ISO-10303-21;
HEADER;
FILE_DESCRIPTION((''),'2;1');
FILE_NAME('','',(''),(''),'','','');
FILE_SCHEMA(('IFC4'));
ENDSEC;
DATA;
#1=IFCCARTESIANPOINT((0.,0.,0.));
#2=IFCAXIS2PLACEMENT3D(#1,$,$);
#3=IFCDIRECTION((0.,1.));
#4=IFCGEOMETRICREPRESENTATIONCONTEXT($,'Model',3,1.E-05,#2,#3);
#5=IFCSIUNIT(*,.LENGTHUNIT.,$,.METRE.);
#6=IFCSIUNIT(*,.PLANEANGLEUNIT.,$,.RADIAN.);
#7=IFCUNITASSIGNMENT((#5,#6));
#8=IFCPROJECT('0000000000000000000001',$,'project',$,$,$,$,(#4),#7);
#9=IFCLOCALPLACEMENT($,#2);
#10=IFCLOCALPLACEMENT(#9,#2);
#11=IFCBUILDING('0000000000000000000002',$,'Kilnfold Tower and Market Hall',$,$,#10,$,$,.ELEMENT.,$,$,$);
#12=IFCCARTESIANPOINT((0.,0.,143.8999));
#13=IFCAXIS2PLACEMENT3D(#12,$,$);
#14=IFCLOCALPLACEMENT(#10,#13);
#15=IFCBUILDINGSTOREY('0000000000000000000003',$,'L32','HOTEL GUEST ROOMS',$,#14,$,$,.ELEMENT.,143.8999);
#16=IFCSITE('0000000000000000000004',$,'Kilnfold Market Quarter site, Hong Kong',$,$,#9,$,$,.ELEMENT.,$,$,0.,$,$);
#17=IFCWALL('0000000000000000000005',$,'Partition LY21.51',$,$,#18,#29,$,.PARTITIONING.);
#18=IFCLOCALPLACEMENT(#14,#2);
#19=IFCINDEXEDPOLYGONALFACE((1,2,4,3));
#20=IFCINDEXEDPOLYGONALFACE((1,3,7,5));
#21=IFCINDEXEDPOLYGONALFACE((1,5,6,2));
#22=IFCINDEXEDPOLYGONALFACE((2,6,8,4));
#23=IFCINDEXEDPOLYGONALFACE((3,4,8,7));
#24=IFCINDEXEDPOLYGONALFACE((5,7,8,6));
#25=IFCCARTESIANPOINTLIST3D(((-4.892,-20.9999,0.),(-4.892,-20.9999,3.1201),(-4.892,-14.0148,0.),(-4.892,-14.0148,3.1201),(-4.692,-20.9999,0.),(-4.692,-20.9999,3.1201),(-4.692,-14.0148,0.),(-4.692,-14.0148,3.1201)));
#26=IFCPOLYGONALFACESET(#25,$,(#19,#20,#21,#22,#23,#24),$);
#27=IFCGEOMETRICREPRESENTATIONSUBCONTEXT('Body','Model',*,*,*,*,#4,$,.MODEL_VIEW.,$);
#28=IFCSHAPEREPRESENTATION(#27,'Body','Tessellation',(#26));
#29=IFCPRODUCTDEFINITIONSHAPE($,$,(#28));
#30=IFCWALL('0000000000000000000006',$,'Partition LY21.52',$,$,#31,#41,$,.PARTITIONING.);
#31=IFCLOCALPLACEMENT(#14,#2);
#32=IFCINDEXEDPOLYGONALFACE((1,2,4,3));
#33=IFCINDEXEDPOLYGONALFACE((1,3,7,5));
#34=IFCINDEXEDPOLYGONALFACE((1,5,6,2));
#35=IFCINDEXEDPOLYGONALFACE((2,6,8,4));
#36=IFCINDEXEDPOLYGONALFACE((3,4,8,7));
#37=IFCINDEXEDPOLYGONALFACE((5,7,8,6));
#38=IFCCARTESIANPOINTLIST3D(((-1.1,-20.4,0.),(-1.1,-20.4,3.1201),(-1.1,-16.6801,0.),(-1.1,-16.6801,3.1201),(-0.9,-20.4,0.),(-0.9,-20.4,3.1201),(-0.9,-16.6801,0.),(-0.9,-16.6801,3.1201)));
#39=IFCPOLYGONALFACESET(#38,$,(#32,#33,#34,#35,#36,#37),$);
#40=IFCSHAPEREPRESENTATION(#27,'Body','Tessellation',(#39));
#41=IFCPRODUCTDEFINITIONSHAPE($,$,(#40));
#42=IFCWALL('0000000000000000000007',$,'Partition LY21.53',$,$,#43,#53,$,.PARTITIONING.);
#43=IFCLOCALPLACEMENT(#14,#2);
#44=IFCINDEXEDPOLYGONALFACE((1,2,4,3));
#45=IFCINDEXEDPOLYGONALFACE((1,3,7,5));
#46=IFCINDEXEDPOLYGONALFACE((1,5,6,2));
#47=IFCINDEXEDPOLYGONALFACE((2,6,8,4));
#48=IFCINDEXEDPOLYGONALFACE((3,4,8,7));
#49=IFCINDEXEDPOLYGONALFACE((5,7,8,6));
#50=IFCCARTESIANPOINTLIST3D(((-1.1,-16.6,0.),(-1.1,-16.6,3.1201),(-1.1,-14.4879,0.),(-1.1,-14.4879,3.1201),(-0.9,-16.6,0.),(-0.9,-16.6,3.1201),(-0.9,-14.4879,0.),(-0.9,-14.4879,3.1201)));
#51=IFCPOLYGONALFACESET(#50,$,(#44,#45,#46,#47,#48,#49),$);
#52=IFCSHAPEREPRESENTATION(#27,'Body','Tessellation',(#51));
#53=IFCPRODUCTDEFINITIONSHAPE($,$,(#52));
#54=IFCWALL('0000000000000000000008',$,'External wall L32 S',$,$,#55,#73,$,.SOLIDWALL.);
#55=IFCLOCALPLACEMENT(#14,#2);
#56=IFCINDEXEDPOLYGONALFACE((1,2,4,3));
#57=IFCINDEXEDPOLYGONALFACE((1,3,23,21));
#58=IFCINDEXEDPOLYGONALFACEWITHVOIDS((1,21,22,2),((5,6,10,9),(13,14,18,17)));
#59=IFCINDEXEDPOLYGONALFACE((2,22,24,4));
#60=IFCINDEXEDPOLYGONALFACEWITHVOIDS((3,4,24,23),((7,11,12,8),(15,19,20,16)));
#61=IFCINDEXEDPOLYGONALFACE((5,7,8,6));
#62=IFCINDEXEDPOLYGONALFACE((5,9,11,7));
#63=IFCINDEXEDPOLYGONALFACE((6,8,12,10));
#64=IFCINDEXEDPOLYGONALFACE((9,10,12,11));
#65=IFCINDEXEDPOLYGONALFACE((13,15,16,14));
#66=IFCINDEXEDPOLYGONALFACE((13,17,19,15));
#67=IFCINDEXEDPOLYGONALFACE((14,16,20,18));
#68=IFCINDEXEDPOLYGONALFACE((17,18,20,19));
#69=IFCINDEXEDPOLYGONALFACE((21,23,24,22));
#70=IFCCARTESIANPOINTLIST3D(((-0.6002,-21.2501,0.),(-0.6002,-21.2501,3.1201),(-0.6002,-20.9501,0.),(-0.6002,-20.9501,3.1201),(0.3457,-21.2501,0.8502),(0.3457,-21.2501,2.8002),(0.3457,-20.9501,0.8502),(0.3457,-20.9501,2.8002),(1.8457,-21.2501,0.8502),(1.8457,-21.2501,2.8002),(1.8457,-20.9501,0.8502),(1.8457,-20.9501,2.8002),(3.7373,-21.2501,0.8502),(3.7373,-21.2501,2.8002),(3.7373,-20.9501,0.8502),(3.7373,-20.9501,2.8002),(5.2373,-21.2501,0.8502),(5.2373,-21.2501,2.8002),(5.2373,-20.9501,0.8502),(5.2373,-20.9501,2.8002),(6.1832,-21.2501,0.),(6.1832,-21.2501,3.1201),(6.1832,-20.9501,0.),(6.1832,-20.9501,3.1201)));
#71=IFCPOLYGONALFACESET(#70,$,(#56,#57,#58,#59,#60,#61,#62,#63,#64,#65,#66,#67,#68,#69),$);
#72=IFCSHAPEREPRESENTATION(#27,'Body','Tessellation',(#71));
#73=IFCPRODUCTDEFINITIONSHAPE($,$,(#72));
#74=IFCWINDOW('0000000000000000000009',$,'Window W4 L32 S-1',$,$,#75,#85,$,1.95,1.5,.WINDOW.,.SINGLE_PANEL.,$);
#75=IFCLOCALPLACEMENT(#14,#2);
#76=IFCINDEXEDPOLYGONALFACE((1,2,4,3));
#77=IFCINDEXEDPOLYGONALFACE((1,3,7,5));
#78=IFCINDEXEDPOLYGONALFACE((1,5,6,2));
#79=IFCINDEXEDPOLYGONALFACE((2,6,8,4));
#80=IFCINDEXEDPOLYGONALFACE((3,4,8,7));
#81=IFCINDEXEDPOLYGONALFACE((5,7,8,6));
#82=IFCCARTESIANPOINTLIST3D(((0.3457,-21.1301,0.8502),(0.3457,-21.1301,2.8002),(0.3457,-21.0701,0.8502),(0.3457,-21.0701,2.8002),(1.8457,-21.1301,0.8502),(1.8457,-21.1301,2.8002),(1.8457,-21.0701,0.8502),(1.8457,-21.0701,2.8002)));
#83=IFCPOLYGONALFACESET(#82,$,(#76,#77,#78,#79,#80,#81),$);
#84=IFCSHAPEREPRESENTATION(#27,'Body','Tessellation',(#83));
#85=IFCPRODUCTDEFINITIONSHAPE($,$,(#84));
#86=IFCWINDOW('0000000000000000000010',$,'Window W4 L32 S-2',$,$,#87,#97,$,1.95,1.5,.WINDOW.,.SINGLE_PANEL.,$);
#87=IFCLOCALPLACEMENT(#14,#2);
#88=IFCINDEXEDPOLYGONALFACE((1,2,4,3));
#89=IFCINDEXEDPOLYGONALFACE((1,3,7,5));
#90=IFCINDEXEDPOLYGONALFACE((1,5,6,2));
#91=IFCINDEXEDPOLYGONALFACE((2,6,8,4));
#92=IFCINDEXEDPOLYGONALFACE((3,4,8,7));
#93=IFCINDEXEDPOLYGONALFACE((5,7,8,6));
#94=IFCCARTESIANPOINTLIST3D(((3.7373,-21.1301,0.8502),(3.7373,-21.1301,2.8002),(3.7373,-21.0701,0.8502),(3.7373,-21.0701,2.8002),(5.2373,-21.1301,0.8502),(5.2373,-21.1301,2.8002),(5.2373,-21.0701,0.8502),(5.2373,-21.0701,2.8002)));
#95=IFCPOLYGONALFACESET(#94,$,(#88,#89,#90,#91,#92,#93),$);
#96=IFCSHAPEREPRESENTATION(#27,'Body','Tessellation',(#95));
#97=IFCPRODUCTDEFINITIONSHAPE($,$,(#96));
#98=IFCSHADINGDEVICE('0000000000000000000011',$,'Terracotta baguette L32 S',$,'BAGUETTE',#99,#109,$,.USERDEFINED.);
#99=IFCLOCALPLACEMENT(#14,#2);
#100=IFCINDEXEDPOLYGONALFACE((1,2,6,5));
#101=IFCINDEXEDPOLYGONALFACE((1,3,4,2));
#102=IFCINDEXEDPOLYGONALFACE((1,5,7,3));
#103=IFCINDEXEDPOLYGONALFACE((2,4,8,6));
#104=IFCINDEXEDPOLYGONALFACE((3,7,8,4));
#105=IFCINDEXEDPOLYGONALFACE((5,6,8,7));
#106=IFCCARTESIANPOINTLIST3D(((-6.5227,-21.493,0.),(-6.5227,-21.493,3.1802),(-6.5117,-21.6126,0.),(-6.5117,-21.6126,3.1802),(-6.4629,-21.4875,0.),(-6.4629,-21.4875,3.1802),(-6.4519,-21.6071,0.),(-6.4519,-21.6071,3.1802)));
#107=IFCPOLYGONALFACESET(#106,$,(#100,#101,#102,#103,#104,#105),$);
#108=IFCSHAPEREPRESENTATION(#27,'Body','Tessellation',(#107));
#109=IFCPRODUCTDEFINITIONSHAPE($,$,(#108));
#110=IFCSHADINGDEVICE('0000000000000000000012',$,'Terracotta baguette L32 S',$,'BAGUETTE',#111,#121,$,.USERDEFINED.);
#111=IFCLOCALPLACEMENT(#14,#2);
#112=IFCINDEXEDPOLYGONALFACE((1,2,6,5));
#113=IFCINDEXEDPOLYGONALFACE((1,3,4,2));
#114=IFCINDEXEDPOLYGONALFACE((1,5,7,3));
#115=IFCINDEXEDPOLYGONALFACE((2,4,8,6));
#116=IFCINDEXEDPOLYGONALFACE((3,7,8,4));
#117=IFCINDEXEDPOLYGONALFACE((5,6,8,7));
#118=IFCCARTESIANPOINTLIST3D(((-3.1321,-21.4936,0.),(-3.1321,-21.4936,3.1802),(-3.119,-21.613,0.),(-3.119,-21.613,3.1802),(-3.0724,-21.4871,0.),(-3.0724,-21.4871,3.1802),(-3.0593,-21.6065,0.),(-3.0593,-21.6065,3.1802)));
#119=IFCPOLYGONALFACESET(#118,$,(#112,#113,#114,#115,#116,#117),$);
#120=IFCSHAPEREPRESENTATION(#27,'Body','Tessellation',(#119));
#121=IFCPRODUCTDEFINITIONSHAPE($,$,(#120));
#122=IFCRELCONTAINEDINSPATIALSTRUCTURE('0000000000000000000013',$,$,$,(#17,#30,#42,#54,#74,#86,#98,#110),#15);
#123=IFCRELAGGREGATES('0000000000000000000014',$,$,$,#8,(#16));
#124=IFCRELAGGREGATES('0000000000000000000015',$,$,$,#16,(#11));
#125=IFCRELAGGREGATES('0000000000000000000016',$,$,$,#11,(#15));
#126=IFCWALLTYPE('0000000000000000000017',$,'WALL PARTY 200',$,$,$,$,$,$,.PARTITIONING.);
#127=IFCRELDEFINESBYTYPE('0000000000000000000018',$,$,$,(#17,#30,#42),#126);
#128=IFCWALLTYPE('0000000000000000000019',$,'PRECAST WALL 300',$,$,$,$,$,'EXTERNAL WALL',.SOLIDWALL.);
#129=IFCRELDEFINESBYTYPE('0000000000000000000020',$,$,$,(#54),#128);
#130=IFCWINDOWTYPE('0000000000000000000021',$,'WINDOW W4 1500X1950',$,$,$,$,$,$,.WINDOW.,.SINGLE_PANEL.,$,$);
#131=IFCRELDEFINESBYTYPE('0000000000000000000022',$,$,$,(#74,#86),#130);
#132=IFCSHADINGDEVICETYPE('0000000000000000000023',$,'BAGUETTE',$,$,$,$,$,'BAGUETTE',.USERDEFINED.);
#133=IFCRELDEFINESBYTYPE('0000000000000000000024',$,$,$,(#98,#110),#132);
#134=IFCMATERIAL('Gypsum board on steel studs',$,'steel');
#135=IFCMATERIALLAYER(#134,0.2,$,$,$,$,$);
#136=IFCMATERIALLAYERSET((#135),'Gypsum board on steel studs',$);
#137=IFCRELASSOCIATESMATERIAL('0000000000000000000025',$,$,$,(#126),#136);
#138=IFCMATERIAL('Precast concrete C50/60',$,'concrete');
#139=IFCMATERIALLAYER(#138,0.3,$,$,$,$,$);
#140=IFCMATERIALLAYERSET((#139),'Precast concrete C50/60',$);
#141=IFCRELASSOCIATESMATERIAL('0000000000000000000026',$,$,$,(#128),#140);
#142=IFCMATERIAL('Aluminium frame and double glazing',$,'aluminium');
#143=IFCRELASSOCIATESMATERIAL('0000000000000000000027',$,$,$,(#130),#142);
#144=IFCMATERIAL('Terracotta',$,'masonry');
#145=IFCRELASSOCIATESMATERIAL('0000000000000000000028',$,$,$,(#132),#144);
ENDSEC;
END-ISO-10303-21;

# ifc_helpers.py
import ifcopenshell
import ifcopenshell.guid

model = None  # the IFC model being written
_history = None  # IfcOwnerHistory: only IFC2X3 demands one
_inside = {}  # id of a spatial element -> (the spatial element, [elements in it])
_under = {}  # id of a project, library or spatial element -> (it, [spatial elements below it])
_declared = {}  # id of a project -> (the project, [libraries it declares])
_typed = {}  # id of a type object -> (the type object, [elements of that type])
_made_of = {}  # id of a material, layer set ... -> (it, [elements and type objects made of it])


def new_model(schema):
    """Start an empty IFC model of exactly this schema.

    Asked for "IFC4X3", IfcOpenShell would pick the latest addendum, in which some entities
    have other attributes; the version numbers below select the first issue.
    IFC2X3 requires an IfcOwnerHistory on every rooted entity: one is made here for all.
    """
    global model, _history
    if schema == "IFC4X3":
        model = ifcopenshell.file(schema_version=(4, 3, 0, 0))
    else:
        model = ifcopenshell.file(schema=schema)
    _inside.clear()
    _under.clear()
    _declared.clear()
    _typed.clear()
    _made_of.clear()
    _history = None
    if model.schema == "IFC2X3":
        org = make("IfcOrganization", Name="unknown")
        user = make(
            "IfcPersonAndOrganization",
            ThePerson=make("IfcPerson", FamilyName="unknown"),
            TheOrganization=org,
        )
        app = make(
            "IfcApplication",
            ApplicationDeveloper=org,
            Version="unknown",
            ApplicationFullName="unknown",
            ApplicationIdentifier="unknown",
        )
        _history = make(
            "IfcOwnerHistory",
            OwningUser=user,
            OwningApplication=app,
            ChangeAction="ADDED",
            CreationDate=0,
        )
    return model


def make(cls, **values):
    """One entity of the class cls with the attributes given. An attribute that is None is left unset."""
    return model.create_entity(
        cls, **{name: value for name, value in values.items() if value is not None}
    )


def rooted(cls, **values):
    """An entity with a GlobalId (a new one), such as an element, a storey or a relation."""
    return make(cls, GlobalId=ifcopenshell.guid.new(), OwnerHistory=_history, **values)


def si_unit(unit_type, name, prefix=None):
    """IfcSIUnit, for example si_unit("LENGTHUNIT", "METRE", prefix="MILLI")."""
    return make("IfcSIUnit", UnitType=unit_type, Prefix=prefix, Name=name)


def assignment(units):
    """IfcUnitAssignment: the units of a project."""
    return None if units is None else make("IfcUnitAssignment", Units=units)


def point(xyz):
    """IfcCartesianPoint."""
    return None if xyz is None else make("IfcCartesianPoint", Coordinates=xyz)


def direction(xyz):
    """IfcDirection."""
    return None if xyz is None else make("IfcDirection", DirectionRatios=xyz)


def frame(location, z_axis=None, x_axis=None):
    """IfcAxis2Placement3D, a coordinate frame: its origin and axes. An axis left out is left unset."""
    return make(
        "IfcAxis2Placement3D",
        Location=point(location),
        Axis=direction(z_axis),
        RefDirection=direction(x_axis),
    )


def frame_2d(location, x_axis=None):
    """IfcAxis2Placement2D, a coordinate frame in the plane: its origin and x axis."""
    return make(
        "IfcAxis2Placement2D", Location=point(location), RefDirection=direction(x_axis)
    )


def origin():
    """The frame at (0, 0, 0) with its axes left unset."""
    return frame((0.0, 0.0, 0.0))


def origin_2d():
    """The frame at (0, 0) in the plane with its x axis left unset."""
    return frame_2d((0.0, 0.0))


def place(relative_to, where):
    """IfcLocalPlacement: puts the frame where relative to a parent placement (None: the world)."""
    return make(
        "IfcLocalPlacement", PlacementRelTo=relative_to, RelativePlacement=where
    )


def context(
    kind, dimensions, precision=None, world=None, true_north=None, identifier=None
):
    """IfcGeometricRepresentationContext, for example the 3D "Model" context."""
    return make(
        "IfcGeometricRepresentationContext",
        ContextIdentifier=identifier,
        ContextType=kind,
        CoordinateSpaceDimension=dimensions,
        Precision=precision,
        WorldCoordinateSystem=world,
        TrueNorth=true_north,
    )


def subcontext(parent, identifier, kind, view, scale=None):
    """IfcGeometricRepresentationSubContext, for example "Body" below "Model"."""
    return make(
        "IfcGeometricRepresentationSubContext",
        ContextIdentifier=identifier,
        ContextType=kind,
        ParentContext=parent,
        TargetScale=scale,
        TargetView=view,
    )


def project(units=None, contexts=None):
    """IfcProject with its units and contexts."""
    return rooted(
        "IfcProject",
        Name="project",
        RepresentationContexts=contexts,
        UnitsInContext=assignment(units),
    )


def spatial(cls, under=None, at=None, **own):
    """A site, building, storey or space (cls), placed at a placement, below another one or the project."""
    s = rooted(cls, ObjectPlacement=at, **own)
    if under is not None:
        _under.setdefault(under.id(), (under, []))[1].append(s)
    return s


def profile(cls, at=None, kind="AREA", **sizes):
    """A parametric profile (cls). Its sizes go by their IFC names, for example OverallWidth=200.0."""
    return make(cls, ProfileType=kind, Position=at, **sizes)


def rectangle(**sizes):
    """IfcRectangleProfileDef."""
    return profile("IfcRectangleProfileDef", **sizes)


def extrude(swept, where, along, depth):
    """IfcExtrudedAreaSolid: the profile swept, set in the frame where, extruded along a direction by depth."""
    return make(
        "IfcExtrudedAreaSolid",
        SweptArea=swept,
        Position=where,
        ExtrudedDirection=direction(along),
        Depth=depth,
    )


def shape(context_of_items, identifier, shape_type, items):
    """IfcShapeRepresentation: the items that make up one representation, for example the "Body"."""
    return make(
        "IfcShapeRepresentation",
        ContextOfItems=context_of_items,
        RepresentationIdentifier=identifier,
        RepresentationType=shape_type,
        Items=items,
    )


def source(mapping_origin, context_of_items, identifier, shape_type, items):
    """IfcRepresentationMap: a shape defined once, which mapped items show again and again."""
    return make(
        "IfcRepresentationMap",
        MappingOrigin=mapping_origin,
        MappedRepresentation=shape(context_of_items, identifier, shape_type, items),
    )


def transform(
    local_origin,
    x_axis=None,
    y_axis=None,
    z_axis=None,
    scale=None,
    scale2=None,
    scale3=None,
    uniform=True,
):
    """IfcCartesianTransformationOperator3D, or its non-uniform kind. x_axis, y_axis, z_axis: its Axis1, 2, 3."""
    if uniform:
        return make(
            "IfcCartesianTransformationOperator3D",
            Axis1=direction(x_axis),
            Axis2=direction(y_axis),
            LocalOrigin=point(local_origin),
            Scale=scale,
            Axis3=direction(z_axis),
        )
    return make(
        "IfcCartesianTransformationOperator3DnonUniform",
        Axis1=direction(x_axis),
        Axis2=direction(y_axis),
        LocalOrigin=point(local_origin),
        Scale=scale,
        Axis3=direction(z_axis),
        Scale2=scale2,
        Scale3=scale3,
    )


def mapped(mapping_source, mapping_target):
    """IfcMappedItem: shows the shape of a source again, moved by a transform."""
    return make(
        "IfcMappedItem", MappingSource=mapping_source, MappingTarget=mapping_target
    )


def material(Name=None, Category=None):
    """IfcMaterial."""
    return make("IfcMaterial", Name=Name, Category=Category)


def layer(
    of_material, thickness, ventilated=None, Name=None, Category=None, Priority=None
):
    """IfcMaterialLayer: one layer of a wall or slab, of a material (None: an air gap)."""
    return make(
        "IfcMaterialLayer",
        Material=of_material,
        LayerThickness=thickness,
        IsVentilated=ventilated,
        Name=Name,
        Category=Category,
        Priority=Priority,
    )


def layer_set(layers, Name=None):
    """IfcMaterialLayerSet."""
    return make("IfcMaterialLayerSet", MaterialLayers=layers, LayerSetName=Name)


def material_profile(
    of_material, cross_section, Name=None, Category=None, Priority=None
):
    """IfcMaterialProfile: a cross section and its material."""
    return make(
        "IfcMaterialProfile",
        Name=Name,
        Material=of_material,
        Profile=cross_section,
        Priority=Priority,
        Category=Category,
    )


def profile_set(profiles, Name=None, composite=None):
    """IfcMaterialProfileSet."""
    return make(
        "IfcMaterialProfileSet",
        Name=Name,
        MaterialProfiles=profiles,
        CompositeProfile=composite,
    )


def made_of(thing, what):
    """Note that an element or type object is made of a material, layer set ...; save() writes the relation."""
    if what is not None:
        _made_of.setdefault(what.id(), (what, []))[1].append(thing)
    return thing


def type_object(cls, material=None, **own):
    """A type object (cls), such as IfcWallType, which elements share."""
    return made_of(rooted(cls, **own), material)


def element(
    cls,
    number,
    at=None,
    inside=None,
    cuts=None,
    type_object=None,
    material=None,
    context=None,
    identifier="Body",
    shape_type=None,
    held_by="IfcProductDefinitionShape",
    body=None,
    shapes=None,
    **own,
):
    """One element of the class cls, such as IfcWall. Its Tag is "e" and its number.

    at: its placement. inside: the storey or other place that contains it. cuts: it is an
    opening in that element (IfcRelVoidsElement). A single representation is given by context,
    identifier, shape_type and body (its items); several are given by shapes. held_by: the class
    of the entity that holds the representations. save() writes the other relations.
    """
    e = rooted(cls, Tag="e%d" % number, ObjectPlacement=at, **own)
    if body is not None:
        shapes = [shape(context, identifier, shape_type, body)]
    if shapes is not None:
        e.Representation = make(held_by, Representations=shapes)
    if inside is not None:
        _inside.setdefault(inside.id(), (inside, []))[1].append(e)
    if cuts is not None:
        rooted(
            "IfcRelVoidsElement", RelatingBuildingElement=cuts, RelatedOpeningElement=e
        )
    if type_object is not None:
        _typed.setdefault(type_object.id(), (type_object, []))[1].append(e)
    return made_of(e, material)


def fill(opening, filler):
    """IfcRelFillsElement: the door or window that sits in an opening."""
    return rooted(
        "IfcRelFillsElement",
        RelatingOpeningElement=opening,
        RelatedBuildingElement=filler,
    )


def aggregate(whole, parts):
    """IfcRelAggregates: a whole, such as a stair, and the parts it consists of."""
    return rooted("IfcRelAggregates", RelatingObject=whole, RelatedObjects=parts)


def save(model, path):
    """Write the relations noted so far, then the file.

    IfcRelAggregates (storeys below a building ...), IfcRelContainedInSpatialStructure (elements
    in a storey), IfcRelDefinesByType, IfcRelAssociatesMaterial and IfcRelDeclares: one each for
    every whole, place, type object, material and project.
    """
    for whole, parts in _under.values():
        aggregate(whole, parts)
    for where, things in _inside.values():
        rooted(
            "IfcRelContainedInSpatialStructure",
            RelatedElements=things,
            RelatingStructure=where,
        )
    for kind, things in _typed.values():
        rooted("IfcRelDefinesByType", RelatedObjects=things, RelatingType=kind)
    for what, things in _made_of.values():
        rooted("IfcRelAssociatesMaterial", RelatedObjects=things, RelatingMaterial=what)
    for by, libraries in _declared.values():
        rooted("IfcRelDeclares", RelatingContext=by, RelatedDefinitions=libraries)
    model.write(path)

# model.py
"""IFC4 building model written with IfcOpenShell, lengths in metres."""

from ifc_helpers import new_model, si_unit, direction, frame, frame_2d, origin, origin_2d, place, context, subcontext, project, spatial, rectangle, extrude, source, transform, mapped, material, layer, layer_set, material_profile, profile_set, type_object, element, fill, save


model = new_model("IFC4")

# Units and contexts
model_context = context("Model", 3, precision=1e-05, world=origin(), true_north=direction((0.0, 1.0)))
body_context = subcontext(model_context, "Body", "Model", "MODEL_VIEW")
ifc_project = project(units=[si_unit("LENGTHUNIT", "METRE"), si_unit("PLANEANGLEUNIT", "RADIAN")], contexts=[model_context])

# Site, building, storey
site_placement = place(None, origin())
site = spatial("IfcSite", under=ifc_project, at=site_placement, Name="Kilnfold Market Quarter site, Hong Kong", CompositionType="ELEMENT", RefElevation=0.0)
building_placement = place(site_placement, origin())
building = spatial("IfcBuilding", under=site, at=building_placement, Name="Kilnfold Tower and Market Hall", CompositionType="ELEMENT")
storey_placement = place(building_placement, frame((0.0, 0.0, 143.8999)))
storey = spatial("IfcBuildingStorey", under=building, at=storey_placement, Name="L32", Description="HOTEL GUEST ROOMS", CompositionType="ELEMENT", Elevation=143.8999)

# Walls
ifc_material_1 = material(Name="Gypsum board on steel studs", Category="steel")
ifc_layer_1 = layer(ifc_material_1, 0.2)
ifc_layer_set_1 = layer_set([ifc_layer_1], Name="Gypsum board on steel studs")
wall_type_1 = type_object("IfcWallType", Name="WALL PARTY 200", PredefinedType="PARTITIONING", material=ifc_layer_set_1)
wall_1_placement = place(storey_placement, frame((-4.792, -21.0, 0.0), z_axis=(0.0, 0.0, 1.0), x_axis=(0.0, 1.0, 0.0)))
element("IfcWall", 1, at=wall_1_placement, inside=storey, type_object=wall_type_1, Name="Partition LY21.51", PredefinedType="PARTITIONING", context=body_context, shape_type="SweptSolid", body=[
    extrude(rectangle(XDim=6.9851, YDim=0.2, at=frame_2d((3.4927, 0.0))), origin(), (0.0, 0.0, 1.0), 3.1201),
])
wall_2_placement = place(storey_placement, frame((-1.0, -20.3999, 0.0), z_axis=(0.0, 0.0, 1.0), x_axis=(0.0, 1.0, 0.0)))
element("IfcWall", 2, at=wall_2_placement, inside=storey, type_object=wall_type_1, Name="Partition LY21.52", PredefinedType="PARTITIONING", context=body_context, shape_type="SweptSolid", body=[
    extrude(rectangle(XDim=3.72, YDim=0.2, at=frame_2d((1.8599, 0.0))), origin(), (0.0, 0.0, 1.0), 3.1201),
])
wall_3_placement = place(storey_placement, frame((-1.0, -16.6001, 0.0), z_axis=(0.0, 0.0, 1.0), x_axis=(0.0, 1.0, 0.0)))
element("IfcWall", 3, at=wall_3_placement, inside=storey, type_object=wall_type_1, Name="Partition LY21.53", PredefinedType="PARTITIONING", context=body_context, shape_type="SweptSolid", body=[
    extrude(rectangle(XDim=2.1121, YDim=0.2, at=frame_2d((1.0562, 0.0))), origin(), (0.0, 0.0, 1.0), 3.1201),
])

# Wall, openings, windows
ifc_material_2 = material(Name="Precast concrete C50/60", Category="concrete")
ifc_layer_2 = layer(ifc_material_2, 0.3)
ifc_layer_set_2 = layer_set([ifc_layer_2], Name="Precast concrete C50/60")
wall_type_2 = type_object("IfcWallType", Name="PRECAST WALL 300", ElementType="EXTERNAL WALL", PredefinedType="SOLIDWALL", material=ifc_layer_set_2)
shared_shape_1 = source(origin(), body_context, "Body", "SweptSolid", [
    extrude(rectangle(XDim=6.7834, YDim=0.3, at=frame_2d((3.3916, 0.0))), origin(), (0.0, 0.0, 1.0), 3.1201),
])
wall_4_placement = place(storey_placement, frame((-0.6001, -21.1001, 0.0), z_axis=(0.0, 0.0, 1.0), x_axis=(1.0, 0.0, 0.0)))
wall_4 = element("IfcWall", 4, at=wall_4_placement, inside=storey, type_object=wall_type_2, Name="External wall L32 S", PredefinedType="SOLIDWALL", context=body_context, shape_type="MappedRepresentation", body=[
    mapped(shared_shape_1, transform((0.0, 0.0, 0.0))),
])
opening_1_placement = place(wall_4_placement, frame((0.9458, 0.0, 0.8501)))
opening_1 = element("IfcOpeningElement", 5, at=opening_1_placement, cuts=wall_4, PredefinedType="OPENING", context=body_context, shape_type="SweptSolid", body=[
    extrude(rectangle(XDim=1.5, YDim=1.95, at=frame_2d((0.75, 0.9751))), frame((0.0, 0.1602, 0.0), z_axis=(0.0, -1.0, 0.0), x_axis=(1.0, 0.0, 0.0)), (0.0, 0.0, 1.0), 0.3201),
])
opening_2_placement = place(wall_4_placement, frame((4.3374, 0.0, 0.8501)))
opening_2 = element("IfcOpeningElement", 6, at=opening_2_placement, cuts=wall_4, PredefinedType="OPENING", context=body_context, shape_type="SweptSolid", body=[
    extrude(rectangle(XDim=1.5, YDim=1.95, at=frame_2d((0.75, 0.9751))), frame((0.0, 0.1602, 0.0), z_axis=(0.0, -1.0, 0.0), x_axis=(1.0, 0.0, 0.0)), (0.0, 0.0, 1.0), 0.3201),
])
ifc_material_3 = material(Name="Aluminium frame and double glazing", Category="aluminium")
window_type = type_object("IfcWindowType", Name="WINDOW W4 1500X1950", PartitioningType="SINGLE_PANEL", PredefinedType="WINDOW", material=ifc_material_3)
window_1_placement = place(opening_1_placement, origin())
window_1 = element("IfcWindow", 7, at=window_1_placement, inside=storey, type_object=window_type, Name="Window W4 L32 S-1", OverallHeight=1.95, OverallWidth=1.5, PartitioningType="SINGLE_PANEL", PredefinedType="WINDOW", context=body_context, shape_type="SweptSolid", body=[
    extrude(rectangle(XDim=1.5, YDim=1.95, at=frame_2d((0.75, 0.9751))), frame((0.0, 0.03, 0.0), z_axis=(0.0, -1.0, 0.0), x_axis=(1.0, 0.0, 0.0)), (0.0, 0.0, 1.0), 0.0601),
])
fill(opening_1, window_1)
window_2_placement = place(opening_2_placement, origin())
window_2 = element("IfcWindow", 8, at=window_2_placement, inside=storey, type_object=window_type, Name="Window W4 L32 S-2", OverallHeight=1.95, OverallWidth=1.5, PartitioningType="SINGLE_PANEL", PredefinedType="WINDOW", context=body_context, shape_type="SweptSolid", body=[
    extrude(rectangle(XDim=1.5, YDim=1.95, at=frame_2d((0.75, 0.9751))), frame((0.0, 0.03, 0.0), z_axis=(0.0, -1.0, 0.0), x_axis=(1.0, 0.0, 0.0)), (0.0, 0.0, 1.0), 0.0601),
])
fill(opening_2, window_2)

# Shading devices
ifc_material_4 = material(Name="Terracotta", Category="masonry")
ifc_material_profile_1 = material_profile(ifc_material_4, rectangle(XDim=0.0601, YDim=0.1201, at=origin_2d()), Name="BAG 60x120")
ifc_profile_set_1 = profile_set([ifc_material_profile_1], Name="Terracotta")
shading_device_type = type_object("IfcShadingDeviceType", Name="BAGUETTE", ElementType="BAGUETTE", PredefinedType="USERDEFINED", material=ifc_profile_set_1)
shared_shape_2 = source(origin(), body_context, "Body", "SweptSolid", [
    extrude(rectangle(XDim=0.0601, YDim=0.1201, at=origin_2d()), origin(), (0.0, 0.0, 1.0), 3.1802),
])
for number, where, z_axis, x_axis, name in (
    (9, (-6.4873, -21.55, 0.0), (0.0, 0.0, 1.0), (0.995738, 0.092232, 0.0), "Terracotta baguette L32 S"),
    (10, (-3.0957, -21.55, 0.0), (0.0, 0.0, 1.0), (0.994057, 0.108862, 0.0), "Terracotta baguette L32 S"),
):
    element("IfcShadingDevice", number, at=place(storey_placement, frame(where, z_axis=z_axis, x_axis=x_axis)), inside=storey, type_object=shading_device_type, Name=name, ObjectType="BAGUETTE", PredefinedType="USERDEFINED", context=body_context, shape_type="MappedRepresentation", body=[
        mapped(shared_shape_2, transform((0.0, 0.0, 0.0))),
    ])

save(model, "model.ifc")
